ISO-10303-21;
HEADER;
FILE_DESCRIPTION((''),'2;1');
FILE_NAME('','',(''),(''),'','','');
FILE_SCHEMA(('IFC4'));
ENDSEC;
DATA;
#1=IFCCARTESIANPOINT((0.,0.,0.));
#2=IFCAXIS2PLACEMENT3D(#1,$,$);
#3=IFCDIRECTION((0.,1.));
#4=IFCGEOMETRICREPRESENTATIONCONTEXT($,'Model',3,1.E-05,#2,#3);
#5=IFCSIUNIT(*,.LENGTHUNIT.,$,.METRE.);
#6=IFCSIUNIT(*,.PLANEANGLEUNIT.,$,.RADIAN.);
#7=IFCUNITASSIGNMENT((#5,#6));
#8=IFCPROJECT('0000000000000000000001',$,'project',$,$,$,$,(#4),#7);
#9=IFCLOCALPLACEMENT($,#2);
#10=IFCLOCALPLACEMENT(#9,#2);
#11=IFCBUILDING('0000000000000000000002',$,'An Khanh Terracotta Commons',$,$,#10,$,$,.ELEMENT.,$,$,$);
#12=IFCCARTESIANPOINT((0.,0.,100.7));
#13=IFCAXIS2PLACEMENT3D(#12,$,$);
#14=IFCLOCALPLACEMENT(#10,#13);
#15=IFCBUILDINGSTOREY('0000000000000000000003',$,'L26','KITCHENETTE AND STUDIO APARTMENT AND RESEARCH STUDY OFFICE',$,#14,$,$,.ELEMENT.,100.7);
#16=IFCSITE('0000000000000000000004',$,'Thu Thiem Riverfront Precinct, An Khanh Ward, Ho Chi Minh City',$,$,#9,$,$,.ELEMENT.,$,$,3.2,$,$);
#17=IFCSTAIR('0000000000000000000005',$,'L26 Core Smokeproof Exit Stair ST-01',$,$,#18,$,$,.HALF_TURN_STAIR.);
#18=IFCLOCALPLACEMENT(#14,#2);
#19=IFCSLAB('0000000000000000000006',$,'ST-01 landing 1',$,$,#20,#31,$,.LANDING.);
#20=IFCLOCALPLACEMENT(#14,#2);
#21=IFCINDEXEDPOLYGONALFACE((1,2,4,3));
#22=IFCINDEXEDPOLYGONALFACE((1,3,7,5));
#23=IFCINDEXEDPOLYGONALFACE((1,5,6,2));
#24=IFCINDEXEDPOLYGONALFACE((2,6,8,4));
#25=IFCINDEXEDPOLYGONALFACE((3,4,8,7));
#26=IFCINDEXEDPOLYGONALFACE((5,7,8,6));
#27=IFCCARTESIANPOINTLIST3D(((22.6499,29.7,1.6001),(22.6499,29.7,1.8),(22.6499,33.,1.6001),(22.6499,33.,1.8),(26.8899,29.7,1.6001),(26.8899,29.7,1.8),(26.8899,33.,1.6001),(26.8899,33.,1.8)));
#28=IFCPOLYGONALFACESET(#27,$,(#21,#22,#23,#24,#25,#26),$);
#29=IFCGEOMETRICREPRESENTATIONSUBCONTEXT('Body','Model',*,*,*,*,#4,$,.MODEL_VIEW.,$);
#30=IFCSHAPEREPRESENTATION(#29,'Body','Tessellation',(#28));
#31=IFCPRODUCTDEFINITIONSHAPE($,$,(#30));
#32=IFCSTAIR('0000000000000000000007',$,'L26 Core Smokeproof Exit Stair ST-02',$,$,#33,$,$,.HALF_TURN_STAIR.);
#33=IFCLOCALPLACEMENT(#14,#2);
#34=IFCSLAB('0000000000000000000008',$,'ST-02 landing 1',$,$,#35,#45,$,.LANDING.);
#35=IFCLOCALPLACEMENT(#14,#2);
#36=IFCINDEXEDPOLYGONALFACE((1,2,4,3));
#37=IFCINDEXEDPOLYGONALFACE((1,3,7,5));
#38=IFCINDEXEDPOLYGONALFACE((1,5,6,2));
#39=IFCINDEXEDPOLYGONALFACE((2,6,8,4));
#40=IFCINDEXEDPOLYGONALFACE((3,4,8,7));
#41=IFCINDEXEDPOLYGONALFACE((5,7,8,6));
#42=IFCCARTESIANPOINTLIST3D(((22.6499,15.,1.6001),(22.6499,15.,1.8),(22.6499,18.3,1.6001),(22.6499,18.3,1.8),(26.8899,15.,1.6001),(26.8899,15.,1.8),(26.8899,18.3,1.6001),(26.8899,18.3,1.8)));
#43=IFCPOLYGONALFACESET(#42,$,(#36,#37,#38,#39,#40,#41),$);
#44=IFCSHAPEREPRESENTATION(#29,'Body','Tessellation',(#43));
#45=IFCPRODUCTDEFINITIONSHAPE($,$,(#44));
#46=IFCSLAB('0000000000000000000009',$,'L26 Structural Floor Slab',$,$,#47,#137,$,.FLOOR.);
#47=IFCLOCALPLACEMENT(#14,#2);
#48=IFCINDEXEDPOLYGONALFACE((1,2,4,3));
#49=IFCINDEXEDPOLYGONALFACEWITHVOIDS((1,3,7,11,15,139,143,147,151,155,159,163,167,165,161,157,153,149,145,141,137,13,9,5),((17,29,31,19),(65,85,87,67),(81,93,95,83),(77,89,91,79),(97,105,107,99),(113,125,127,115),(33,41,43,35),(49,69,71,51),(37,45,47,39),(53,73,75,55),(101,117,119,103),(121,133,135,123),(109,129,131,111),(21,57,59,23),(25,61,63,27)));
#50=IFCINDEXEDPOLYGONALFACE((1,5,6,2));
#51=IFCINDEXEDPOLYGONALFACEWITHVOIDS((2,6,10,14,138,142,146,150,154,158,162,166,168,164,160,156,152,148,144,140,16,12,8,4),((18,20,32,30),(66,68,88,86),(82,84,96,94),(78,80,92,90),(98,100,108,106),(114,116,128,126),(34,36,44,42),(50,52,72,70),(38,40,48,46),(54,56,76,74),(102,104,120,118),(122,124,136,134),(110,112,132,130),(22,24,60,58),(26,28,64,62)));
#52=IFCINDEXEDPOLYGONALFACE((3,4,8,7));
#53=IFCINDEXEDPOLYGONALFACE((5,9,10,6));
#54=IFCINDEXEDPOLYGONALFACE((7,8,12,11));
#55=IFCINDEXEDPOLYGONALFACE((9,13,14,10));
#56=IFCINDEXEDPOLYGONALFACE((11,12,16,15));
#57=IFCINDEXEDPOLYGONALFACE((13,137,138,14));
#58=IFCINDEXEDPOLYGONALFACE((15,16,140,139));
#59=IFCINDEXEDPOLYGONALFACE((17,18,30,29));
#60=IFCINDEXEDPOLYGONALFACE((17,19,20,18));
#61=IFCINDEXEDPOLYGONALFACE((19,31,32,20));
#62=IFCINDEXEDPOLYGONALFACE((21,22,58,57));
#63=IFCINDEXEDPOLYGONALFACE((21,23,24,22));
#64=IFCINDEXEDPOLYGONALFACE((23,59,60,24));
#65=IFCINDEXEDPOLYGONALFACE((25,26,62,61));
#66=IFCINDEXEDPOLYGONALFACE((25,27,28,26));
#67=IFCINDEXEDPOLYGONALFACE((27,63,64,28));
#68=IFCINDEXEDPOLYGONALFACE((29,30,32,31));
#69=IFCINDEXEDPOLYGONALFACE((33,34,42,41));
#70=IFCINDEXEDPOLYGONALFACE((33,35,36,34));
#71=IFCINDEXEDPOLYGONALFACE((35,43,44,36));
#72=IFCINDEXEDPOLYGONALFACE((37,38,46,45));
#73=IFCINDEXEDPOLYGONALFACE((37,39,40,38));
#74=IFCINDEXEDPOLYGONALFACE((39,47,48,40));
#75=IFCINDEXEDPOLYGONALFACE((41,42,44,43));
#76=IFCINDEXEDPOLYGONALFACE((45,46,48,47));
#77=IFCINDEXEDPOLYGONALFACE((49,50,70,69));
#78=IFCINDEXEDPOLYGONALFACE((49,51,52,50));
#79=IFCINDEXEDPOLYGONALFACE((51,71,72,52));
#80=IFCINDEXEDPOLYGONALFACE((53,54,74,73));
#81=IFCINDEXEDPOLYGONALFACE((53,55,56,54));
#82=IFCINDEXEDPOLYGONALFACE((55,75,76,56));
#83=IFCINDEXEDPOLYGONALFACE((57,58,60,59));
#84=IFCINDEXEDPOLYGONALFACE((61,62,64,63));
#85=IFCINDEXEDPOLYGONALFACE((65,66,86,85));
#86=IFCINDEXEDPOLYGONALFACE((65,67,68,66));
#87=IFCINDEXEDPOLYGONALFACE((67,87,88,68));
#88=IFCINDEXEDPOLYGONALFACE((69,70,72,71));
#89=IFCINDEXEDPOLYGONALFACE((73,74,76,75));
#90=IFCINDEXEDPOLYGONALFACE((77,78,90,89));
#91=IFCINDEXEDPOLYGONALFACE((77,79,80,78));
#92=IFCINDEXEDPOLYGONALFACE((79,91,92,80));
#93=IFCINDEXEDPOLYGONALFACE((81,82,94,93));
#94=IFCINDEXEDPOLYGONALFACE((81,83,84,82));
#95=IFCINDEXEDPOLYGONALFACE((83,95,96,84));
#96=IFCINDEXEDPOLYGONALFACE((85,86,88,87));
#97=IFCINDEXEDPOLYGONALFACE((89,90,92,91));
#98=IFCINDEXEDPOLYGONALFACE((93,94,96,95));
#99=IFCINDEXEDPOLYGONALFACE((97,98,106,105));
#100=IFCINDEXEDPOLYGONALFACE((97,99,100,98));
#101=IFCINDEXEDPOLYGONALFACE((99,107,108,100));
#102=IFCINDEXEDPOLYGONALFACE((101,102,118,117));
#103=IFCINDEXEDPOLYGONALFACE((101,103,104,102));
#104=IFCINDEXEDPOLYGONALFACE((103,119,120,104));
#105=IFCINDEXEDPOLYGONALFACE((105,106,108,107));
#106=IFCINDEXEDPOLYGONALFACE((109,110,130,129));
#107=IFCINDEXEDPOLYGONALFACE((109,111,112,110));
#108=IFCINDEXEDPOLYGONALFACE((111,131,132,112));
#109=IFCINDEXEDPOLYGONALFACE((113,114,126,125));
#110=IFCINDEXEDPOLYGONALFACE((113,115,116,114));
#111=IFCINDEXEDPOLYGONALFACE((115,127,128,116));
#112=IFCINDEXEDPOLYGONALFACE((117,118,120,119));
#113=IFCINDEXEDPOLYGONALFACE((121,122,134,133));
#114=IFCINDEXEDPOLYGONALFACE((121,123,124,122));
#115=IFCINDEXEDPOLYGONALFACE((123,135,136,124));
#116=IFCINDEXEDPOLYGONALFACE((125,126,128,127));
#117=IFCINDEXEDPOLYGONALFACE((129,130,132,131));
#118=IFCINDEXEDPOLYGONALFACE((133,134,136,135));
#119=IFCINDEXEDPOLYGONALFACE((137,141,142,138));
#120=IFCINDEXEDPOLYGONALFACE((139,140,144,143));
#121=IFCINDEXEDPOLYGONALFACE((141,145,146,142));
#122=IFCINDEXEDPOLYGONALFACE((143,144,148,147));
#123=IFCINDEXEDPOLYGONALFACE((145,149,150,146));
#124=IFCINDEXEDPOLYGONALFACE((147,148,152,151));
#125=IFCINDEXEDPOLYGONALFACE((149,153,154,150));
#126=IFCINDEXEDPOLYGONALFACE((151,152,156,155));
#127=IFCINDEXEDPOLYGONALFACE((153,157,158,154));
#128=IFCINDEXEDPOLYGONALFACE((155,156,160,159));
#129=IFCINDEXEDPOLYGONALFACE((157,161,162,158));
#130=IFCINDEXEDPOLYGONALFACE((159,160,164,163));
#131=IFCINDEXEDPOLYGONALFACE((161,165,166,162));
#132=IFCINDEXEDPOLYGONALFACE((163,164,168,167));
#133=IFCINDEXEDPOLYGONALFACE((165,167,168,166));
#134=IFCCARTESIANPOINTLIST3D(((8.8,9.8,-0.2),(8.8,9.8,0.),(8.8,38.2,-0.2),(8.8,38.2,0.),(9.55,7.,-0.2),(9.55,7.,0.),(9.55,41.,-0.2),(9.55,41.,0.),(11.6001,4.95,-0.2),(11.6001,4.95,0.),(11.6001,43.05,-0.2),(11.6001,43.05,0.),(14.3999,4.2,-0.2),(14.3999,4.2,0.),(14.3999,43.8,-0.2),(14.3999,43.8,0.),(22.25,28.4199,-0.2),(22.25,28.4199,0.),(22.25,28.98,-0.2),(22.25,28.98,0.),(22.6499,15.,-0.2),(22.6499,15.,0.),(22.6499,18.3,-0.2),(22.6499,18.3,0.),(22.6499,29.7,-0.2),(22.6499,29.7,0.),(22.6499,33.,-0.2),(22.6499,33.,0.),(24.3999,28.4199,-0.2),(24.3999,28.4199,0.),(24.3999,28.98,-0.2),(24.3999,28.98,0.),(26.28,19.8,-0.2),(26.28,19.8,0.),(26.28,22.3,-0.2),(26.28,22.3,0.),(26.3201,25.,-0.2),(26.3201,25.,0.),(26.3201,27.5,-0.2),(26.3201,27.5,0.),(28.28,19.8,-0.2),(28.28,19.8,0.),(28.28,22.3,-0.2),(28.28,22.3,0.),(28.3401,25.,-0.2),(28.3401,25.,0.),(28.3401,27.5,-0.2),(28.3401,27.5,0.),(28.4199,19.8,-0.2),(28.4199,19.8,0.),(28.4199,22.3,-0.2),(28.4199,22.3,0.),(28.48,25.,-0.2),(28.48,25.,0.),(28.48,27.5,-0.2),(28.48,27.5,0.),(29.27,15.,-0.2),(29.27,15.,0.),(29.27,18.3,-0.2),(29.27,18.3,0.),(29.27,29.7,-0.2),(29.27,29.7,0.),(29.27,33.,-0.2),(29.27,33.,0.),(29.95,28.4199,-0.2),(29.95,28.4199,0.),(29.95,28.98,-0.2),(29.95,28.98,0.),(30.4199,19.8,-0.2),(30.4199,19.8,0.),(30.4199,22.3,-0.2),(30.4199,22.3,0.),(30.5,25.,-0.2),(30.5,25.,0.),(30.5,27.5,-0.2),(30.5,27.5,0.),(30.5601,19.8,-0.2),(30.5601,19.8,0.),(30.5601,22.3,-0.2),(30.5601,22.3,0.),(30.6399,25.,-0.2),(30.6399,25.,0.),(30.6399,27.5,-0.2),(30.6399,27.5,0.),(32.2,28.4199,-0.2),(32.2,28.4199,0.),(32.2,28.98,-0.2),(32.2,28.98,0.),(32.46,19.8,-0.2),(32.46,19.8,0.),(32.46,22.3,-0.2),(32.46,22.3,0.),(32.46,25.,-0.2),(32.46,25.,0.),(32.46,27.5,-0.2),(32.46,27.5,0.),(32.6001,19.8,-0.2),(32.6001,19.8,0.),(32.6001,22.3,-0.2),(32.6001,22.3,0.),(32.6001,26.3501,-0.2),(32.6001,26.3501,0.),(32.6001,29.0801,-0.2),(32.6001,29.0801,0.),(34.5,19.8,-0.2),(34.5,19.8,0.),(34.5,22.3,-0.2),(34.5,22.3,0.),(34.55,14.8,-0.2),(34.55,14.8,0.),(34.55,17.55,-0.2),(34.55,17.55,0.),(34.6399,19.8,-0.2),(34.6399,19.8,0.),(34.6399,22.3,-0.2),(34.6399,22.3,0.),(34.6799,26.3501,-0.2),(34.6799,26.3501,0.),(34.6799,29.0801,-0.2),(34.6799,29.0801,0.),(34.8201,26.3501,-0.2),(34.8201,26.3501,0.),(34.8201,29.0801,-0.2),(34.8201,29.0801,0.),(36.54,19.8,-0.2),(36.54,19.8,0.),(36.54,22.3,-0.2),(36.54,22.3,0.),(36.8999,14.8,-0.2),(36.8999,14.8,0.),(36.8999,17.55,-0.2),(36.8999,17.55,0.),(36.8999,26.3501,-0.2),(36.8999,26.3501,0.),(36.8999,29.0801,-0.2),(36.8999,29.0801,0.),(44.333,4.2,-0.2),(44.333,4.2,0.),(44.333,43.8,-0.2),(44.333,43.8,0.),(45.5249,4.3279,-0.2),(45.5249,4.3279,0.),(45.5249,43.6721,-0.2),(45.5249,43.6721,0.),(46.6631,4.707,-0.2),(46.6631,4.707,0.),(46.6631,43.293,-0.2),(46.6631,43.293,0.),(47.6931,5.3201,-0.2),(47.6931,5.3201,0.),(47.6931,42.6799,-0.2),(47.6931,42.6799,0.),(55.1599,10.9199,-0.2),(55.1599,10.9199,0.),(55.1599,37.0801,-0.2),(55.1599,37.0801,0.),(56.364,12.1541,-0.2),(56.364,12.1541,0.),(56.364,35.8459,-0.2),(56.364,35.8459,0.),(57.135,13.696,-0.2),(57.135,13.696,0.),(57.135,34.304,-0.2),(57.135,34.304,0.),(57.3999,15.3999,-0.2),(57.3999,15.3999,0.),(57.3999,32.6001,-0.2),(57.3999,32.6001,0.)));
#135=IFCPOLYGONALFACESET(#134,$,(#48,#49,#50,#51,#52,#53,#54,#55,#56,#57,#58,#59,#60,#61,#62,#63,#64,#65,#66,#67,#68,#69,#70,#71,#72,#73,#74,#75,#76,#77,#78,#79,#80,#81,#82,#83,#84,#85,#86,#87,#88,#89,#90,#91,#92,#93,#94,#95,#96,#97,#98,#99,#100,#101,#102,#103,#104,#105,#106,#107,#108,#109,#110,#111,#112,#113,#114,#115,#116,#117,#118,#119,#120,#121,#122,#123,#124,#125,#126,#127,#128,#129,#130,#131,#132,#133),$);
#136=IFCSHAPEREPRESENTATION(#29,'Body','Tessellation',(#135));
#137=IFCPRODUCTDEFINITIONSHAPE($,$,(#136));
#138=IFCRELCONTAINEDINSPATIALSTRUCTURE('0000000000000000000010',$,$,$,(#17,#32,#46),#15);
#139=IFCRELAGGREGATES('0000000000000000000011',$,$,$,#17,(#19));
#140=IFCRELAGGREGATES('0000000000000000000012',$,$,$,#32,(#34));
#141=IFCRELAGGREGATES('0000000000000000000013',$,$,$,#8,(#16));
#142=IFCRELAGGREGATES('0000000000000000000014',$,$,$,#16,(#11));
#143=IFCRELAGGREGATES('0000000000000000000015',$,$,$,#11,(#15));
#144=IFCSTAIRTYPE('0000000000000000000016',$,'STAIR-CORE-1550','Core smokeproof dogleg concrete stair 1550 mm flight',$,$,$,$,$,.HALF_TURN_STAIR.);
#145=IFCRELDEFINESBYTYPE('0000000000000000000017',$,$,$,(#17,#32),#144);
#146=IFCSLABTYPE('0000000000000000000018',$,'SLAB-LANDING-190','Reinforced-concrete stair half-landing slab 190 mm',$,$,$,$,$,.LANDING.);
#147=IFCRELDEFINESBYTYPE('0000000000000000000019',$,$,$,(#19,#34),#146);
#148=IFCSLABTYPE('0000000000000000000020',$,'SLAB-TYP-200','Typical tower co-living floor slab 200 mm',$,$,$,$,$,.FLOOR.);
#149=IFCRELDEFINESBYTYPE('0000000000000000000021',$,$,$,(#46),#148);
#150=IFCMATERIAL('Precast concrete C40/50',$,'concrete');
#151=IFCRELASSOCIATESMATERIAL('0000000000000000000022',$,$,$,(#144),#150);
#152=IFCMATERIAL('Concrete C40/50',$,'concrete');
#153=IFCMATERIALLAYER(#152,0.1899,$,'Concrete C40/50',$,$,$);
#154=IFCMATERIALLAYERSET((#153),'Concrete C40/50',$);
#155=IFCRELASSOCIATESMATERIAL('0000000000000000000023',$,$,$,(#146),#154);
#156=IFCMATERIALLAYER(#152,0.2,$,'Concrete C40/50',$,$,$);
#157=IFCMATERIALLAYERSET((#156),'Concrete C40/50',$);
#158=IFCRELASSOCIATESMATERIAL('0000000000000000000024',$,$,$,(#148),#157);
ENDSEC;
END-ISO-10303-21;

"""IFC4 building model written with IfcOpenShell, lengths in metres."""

from ifc_helpers import new_model, si_unit, direction, frame, origin, place, context, subcontext, project, spatial, polyline, outline, extrude, material, layer, layer_set, type_object, element, aggregate, save


model = new_model("IFC4")

# Units and contexts
model_context = context("Model", 3, precision=1e-05, world=origin(), true_north=direction((0.0, 1.0)))
body_context = subcontext(model_context, "Body", "Model", "MODEL_VIEW")
ifc_project = project(units=[si_unit("LENGTHUNIT", "METRE"), si_unit("PLANEANGLEUNIT", "RADIAN")], contexts=[model_context])

# Site, building, storey
site_placement = place(None, origin())
site = spatial("IfcSite", under=ifc_project, at=site_placement, Name="Thu Thiem Riverfront Precinct, An Khanh Ward, Ho Chi Minh City", CompositionType="ELEMENT", RefElevation=3.2)
building_placement = place(site_placement, origin())
building = spatial("IfcBuilding", under=site, at=building_placement, Name="An Khanh Terracotta Commons", CompositionType="ELEMENT")
storey_placement = place(building_placement, frame((0.0, 0.0, 100.7)))
storey = spatial("IfcBuildingStorey", under=building, at=storey_placement, Name="L26", Description="KITCHENETTE AND STUDIO APARTMENT AND RESEARCH STUDY OFFICE", CompositionType="ELEMENT", Elevation=100.7)

# Shared definitions
ifc_material_1 = material(Name="Concrete C40/50", Category="concrete")

# Stairs, slabs
ifc_material_2 = material(Name="Precast concrete C40/50", Category="concrete")
stair_type = type_object("IfcStairType", Name="STAIR-CORE-1550", Description="Core smokeproof dogleg concrete stair 1550 mm flight", PredefinedType="HALF_TURN_STAIR", material=ifc_material_2)
stair_1_placement = place(storey_placement, origin())
stair_1 = element("IfcStair", 1, at=stair_1_placement, inside=storey, type_object=stair_type, Name="L26 Core Smokeproof Exit Stair ST-01", PredefinedType="HALF_TURN_STAIR")
ifc_layer_1 = layer(ifc_material_1, 0.1899, Name="Concrete C40/50")
ifc_layer_set_1 = layer_set([ifc_layer_1], Name="Concrete C40/50")
slab_type_1 = type_object("IfcSlabType", Name="SLAB-LANDING-190", Description="Reinforced-concrete stair half-landing slab 190 mm", PredefinedType="LANDING", material=ifc_layer_set_1)
slab_1_placement = place(storey_placement, frame((0.0, 0.0, 1.6001)))
slab_1 = element("IfcSlab", 2, at=slab_1_placement, type_object=slab_type_1, Name="ST-01 landing 1", PredefinedType="LANDING", context=body_context, shape_type="SweptSolid", body=[
    extrude(outline(polyline([(26.8899, 33.0), (22.6499, 33.0), (22.6499, 29.7), (26.8899, 29.7), (26.8899, 33.0)])), origin(), (0.0, 0.0, 1.0), 0.2),
])
aggregate(stair_1, [slab_1])
stair_2_placement = place(storey_placement, origin())
stair_2 = element("IfcStair", 3, at=stair_2_placement, inside=storey, type_object=stair_type, Name="L26 Core Smokeproof Exit Stair ST-02", PredefinedType="HALF_TURN_STAIR")
slab_2_placement = place(storey_placement, frame((0.0, 0.0, 1.6001)))
slab_2 = element("IfcSlab", 4, at=slab_2_placement, type_object=slab_type_1, Name="ST-02 landing 1", PredefinedType="LANDING", context=body_context, shape_type="SweptSolid", body=[
    extrude(outline(polyline([(26.8899, 18.3), (22.6499, 18.3), (22.6499, 15.0), (26.8899, 15.0), (26.8899, 18.3)])), origin(), (0.0, 0.0, 1.0), 0.2),
])
aggregate(stair_2, [slab_2])

# Slab
ifc_layer_2 = layer(ifc_material_1, 0.2, Name="Concrete C40/50")
ifc_layer_set_2 = layer_set([ifc_layer_2], Name="Concrete C40/50")
slab_type_2 = type_object("IfcSlabType", Name="SLAB-TYP-200", Description="Typical tower co-living floor slab 200 mm", PredefinedType="FLOOR", material=ifc_layer_set_2)
slab_3_placement = place(storey_placement, frame((0.0, 0.0, -0.2)))
element("IfcSlab", 5, at=slab_3_placement, inside=storey, type_object=slab_type_2, Name="L26 Structural Floor Slab", PredefinedType="FLOOR", context=body_context, shape_type="SweptSolid", body=[
    extrude(outline(polyline([(8.8, 9.8), (9.55, 7.0), (11.6001, 4.95), (14.3999, 4.2), (44.333, 4.2), (45.5249, 4.3279), (46.6631, 4.707), (47.6931, 5.3201), (55.1599, 10.9199), (56.364, 12.1541), (57.135, 13.696), (57.3999, 15.3999), (57.3999, 32.6001), (57.135, 34.304), (56.364, 35.8459), (55.1599, 37.0801), (47.6931, 42.6799), (46.6631, 43.293), (45.5249, 43.6721), (44.333, 43.8), (14.3999, 43.8), (11.6001, 43.05), (9.55, 41.0), (8.8, 38.2), (8.8, 9.8)]), holes=[polyline([(22.6499, 29.7), (29.27, 29.7), (29.27, 33.0), (22.6499, 33.0), (22.6499, 29.7)]), polyline([(22.6499, 15.0), (29.27, 15.0), (29.27, 18.3), (22.6499, 18.3), (22.6499, 15.0)]), polyline([(32.6001, 26.3501), (34.6799, 26.3501), (34.6799, 29.0801), (32.6001, 29.0801), (32.6001, 26.3501)]), polyline([(34.8201, 26.3501), (36.8999, 26.3501), (36.8999, 29.0801), (34.8201, 29.0801), (34.8201, 26.3501)]), polyline([(34.55, 14.8), (36.8999, 14.8), (36.8999, 17.55), (34.55, 17.55), (34.55, 14.8)]), polyline([(26.3201, 25.0), (28.3401, 25.0), (28.3401, 27.5), (26.3201, 27.5), (26.3201, 25.0)]), polyline([(28.48, 25.0), (30.5, 25.0), (30.5, 27.5), (28.48, 27.5), (28.48, 25.0)]), polyline([(26.28, 19.8), (28.28, 19.8), (28.28, 22.3), (26.28, 22.3), (26.28, 19.8)]), polyline([(28.4199, 19.8), (30.4199, 19.8), (30.4199, 22.3), (28.4199, 22.3), (28.4199, 19.8)]), polyline([(30.6399, 25.0), (32.46, 25.0), (32.46, 27.5), (30.6399, 27.5), (30.6399, 25.0)]), polyline([(30.5601, 19.8), (32.46, 19.8), (32.46, 22.3), (30.5601, 22.3), (30.5601, 19.8)]), polyline([(32.6001, 19.8), (34.5, 19.8), (34.5, 22.3), (32.6001, 22.3), (32.6001, 19.8)]), polyline([(34.6399, 19.8), (36.54, 19.8), (36.54, 22.3), (34.6399, 22.3), (34.6399, 19.8)]), polyline([(22.25, 28.4199), (24.3999, 28.4199), (24.3999, 28.98), (22.25, 28.98), (22.25, 28.4199)]), polyline([(29.95, 28.4199), (32.2, 28.4199), (32.2, 28.98), (29.95, 28.98), (29.95, 28.4199)])]), origin(), (0.0, 0.0, 1.0), 0.2),
])

save(model, "model.ifc")
